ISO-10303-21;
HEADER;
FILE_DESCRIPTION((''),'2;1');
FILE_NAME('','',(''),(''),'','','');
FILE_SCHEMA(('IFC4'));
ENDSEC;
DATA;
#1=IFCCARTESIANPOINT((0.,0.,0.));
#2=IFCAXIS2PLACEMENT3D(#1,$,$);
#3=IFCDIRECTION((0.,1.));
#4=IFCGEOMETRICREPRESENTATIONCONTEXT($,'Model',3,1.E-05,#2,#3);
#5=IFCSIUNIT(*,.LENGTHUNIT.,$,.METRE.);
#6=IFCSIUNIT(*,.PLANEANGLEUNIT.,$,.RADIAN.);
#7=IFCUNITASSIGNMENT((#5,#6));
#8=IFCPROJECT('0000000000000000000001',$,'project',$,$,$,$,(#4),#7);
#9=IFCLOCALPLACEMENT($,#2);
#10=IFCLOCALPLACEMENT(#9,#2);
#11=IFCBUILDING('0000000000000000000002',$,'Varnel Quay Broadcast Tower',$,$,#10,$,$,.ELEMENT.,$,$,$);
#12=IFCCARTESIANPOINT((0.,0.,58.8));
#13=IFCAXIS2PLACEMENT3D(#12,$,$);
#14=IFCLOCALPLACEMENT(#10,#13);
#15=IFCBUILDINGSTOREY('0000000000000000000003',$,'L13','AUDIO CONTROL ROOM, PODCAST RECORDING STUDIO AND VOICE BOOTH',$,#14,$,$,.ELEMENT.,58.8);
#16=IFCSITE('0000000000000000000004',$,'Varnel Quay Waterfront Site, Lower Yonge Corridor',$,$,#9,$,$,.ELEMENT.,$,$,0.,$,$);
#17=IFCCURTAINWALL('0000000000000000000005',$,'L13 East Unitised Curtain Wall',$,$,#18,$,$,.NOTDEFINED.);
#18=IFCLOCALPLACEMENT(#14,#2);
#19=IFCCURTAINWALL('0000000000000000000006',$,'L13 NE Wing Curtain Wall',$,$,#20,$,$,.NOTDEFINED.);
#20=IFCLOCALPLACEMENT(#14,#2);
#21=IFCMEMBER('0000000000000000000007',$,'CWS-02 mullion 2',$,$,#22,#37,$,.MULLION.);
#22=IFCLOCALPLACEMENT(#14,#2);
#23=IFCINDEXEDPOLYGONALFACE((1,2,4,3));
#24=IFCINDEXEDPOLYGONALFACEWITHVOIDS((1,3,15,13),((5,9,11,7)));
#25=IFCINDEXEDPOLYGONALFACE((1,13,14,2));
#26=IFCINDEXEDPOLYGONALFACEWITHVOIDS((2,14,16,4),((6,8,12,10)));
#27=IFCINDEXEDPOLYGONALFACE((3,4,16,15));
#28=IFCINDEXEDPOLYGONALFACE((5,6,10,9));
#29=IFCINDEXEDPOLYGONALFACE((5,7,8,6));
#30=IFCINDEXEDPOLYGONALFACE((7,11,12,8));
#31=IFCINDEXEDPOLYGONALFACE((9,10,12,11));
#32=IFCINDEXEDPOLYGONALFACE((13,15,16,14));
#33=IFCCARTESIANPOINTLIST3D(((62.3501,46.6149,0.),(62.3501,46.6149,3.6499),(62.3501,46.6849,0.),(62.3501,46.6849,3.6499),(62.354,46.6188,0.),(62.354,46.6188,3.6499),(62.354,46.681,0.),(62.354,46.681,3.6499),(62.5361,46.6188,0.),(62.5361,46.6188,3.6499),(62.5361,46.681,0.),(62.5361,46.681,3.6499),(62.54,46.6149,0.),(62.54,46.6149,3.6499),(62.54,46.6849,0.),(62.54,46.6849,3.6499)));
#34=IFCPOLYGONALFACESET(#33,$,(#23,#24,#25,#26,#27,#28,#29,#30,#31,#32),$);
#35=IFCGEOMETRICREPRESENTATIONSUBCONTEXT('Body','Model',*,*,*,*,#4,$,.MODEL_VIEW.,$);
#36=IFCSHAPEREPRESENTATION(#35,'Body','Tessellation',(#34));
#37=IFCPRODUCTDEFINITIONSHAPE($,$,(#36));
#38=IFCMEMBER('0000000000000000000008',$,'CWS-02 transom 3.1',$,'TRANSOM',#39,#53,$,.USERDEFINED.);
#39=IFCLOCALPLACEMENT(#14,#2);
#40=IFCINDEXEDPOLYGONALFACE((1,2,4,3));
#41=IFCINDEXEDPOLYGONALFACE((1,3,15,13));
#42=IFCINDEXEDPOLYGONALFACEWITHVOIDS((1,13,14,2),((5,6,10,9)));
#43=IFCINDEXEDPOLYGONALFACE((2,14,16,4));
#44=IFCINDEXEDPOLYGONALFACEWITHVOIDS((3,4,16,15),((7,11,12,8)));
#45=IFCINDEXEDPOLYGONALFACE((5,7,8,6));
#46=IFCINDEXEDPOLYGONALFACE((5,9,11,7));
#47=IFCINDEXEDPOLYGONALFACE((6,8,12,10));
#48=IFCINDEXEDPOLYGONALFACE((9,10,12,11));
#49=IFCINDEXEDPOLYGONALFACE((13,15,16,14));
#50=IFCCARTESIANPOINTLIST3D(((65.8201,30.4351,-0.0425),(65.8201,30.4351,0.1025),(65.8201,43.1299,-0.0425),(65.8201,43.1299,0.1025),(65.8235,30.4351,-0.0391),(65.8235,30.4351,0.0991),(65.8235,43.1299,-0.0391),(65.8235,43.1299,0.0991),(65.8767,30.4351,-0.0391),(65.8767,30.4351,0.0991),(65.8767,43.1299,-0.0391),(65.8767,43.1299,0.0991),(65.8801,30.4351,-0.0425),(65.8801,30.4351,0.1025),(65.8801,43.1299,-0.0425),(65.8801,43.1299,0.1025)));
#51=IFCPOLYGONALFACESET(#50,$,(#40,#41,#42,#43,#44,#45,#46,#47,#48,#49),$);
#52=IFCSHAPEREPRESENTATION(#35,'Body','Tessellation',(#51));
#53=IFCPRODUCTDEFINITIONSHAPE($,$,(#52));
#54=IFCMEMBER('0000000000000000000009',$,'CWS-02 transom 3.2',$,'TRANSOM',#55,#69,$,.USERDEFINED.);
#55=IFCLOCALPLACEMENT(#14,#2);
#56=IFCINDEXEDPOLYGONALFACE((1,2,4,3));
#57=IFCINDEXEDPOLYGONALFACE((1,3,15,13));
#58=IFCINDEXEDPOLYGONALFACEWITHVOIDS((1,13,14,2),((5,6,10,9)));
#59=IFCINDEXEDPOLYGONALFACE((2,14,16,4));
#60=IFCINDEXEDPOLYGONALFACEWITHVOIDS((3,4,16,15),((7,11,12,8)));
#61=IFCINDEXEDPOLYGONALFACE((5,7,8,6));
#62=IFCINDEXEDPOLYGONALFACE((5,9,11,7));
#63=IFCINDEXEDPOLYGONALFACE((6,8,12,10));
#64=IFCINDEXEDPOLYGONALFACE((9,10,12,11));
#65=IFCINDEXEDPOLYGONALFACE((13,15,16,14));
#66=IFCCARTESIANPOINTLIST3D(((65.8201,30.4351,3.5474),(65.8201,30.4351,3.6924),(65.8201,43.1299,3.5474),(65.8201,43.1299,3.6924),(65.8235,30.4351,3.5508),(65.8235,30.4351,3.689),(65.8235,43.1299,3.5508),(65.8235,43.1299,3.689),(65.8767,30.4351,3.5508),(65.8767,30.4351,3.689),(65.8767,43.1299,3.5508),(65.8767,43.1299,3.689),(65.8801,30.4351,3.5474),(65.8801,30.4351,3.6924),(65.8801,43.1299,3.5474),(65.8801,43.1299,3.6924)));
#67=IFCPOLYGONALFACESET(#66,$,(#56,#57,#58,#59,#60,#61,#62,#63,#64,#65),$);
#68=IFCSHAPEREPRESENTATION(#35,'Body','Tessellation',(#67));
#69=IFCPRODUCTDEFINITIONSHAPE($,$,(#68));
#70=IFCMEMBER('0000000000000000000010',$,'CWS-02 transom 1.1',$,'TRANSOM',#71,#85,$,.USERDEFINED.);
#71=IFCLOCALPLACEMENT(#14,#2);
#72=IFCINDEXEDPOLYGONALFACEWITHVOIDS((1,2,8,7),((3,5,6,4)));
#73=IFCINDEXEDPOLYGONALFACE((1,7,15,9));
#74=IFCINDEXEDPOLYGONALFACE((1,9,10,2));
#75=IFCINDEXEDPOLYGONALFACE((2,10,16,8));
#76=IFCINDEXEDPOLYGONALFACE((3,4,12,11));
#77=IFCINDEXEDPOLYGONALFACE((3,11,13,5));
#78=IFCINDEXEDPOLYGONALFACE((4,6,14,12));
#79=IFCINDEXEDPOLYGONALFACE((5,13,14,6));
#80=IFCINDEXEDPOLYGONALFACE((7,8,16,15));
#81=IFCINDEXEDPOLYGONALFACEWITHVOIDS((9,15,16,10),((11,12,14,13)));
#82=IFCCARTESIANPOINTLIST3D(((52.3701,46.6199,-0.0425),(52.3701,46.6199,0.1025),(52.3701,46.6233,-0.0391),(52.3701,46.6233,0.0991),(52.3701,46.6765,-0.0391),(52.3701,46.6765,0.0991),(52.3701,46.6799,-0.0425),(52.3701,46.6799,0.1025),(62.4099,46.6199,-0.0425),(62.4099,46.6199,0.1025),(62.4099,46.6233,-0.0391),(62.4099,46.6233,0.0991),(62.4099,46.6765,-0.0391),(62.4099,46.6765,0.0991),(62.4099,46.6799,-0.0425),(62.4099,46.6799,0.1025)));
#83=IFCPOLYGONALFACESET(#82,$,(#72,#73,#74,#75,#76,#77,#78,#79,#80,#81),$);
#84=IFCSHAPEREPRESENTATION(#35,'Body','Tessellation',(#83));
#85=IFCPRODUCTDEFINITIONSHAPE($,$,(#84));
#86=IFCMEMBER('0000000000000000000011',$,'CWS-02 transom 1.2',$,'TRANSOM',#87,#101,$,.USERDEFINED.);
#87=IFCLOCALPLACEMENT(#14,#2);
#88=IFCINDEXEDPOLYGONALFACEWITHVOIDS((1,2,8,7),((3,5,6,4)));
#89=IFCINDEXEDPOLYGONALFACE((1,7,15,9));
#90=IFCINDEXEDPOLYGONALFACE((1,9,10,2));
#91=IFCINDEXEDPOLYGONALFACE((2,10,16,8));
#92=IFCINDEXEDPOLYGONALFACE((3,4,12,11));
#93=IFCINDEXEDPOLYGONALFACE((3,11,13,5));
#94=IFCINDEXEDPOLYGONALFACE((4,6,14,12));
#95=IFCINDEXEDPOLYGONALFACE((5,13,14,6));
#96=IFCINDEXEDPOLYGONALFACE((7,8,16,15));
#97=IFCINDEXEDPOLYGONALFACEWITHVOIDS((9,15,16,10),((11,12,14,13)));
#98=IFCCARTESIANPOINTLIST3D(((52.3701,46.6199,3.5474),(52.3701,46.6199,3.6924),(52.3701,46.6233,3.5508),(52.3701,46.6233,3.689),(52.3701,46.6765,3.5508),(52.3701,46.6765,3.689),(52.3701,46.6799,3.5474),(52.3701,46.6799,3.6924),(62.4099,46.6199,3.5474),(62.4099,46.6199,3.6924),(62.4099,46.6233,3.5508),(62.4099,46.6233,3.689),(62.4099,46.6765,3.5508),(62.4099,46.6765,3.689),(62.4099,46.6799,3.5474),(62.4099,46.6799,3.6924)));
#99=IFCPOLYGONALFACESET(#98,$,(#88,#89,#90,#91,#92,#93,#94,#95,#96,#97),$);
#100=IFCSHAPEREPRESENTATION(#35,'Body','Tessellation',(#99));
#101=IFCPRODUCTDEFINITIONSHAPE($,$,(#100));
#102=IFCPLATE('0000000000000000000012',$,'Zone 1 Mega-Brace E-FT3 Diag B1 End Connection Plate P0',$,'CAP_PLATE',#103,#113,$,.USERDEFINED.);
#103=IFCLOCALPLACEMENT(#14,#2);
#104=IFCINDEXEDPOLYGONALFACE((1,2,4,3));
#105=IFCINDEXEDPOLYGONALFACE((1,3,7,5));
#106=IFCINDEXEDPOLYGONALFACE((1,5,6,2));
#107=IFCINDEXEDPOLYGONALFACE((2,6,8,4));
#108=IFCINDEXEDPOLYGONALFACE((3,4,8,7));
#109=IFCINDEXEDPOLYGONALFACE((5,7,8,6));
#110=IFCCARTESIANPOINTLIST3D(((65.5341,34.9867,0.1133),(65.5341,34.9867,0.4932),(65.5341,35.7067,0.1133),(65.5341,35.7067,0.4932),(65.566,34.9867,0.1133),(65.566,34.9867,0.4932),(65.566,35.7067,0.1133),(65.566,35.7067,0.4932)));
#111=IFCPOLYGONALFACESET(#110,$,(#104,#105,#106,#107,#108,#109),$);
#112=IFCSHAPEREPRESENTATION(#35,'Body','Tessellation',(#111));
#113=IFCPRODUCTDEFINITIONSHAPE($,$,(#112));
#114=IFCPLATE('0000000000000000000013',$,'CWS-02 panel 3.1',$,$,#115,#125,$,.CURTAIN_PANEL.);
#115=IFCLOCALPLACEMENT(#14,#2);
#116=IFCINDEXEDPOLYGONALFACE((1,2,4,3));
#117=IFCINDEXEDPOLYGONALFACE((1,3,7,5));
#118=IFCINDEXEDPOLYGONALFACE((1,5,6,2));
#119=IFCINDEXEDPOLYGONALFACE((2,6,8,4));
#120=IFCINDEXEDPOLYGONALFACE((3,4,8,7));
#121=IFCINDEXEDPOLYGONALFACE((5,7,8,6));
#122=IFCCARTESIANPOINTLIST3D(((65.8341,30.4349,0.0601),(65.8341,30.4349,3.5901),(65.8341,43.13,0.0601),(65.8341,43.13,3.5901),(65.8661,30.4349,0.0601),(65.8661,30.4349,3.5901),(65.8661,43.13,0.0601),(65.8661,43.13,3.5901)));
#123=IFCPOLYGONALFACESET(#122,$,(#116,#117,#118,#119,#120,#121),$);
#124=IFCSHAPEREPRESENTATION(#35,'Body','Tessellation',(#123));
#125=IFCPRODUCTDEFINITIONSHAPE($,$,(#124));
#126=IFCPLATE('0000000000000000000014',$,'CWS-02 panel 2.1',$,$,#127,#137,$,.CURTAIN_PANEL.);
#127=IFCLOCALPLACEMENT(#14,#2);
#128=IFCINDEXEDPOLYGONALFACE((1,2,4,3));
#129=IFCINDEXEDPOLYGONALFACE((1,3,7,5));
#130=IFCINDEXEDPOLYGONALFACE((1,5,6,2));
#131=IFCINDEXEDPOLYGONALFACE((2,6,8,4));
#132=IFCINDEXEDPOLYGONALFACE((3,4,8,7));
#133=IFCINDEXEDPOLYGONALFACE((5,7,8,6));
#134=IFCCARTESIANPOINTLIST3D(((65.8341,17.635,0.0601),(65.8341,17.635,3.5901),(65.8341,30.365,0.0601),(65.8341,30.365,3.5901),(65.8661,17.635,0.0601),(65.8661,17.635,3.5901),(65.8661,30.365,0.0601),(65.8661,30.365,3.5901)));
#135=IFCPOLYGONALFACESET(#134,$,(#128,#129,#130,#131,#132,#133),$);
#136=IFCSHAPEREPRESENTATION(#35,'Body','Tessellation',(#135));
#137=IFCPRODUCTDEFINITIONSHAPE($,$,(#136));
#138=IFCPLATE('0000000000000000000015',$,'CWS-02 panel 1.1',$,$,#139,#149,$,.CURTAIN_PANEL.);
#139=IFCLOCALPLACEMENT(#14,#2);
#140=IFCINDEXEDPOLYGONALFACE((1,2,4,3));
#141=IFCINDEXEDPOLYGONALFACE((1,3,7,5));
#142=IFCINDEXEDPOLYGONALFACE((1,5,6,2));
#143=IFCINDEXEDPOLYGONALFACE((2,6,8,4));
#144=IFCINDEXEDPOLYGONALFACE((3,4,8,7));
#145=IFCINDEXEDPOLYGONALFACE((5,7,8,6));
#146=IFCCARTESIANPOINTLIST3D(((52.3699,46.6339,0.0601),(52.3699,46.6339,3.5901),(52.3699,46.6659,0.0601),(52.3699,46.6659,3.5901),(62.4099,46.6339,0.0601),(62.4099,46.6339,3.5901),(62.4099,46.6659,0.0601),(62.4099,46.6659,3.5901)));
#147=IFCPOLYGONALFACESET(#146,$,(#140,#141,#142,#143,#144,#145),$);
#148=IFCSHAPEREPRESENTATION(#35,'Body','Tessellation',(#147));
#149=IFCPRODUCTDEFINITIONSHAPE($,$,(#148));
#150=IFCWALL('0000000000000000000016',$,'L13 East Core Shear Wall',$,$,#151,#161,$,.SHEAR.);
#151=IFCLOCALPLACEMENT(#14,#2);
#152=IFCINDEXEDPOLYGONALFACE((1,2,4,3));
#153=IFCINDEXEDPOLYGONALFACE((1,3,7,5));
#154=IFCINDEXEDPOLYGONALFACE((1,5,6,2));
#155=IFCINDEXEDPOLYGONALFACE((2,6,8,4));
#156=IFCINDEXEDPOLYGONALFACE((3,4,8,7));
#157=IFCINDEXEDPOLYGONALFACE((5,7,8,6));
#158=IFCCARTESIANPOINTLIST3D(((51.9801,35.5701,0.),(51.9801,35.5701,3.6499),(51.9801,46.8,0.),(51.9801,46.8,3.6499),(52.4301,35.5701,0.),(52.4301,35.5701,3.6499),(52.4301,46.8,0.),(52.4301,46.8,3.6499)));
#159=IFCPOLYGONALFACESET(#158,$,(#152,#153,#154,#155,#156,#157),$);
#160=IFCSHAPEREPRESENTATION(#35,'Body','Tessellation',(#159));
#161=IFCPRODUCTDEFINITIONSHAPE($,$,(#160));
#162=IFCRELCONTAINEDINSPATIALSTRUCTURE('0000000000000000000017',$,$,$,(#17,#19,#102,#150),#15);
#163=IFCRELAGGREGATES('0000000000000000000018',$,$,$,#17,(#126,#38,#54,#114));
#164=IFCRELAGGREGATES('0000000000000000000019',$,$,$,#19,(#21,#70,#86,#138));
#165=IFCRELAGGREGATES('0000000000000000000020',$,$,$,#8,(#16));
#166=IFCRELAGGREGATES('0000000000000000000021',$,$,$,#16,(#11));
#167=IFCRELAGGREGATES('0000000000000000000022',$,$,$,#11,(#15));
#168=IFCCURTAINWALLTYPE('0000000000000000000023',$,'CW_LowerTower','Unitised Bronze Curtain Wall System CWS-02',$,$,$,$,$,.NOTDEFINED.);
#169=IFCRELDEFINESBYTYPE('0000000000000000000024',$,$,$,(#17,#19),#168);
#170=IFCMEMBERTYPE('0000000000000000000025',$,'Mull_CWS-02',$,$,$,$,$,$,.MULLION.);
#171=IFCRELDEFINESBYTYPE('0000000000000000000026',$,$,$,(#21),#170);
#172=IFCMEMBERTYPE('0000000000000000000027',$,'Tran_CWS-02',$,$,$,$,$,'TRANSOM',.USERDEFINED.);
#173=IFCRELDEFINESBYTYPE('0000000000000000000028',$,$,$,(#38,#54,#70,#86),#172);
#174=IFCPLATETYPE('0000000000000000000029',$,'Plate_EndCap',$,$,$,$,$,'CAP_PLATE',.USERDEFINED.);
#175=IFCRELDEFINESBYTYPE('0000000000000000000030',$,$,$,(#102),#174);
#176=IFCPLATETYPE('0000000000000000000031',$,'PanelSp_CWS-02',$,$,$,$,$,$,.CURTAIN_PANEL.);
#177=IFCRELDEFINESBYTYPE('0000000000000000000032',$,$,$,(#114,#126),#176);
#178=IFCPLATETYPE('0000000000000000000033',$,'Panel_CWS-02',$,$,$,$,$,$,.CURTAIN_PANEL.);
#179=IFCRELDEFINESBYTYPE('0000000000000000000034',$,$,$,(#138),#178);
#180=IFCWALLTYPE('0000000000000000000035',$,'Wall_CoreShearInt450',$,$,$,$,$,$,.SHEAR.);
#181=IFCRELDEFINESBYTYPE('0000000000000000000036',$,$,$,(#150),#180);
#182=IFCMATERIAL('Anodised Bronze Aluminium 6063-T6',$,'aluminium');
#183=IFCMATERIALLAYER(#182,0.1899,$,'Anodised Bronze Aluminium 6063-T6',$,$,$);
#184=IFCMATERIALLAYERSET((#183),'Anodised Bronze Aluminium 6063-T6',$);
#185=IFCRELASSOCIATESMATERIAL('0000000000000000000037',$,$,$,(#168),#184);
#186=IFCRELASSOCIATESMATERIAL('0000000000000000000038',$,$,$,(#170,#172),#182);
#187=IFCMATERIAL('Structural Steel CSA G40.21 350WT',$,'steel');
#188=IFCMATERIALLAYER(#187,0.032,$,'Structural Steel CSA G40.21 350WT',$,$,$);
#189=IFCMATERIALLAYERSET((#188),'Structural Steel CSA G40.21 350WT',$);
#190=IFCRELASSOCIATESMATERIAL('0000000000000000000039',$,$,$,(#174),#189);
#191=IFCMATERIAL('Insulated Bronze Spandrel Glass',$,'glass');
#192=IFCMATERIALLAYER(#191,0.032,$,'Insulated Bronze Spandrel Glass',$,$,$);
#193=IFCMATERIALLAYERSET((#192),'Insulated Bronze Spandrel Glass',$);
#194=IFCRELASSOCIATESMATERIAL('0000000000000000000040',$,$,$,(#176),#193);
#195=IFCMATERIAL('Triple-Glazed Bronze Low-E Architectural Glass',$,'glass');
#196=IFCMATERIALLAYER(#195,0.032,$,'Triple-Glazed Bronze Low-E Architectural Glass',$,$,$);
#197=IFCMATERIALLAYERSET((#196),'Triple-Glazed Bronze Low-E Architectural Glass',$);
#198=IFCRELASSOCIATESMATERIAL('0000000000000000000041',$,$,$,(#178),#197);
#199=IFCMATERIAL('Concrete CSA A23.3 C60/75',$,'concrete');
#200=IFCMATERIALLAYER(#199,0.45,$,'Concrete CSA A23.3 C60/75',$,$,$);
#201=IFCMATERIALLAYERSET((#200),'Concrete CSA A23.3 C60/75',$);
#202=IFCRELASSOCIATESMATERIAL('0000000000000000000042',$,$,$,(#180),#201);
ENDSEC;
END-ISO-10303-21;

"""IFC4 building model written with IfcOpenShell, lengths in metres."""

from ifc_helpers import new_model, si_unit, direction, frame, frame_2d, origin, origin_2d, place, context, subcontext, project, spatial, rectangle, hollow_rectangle, extrude, source, transform, mapped, material, layer, layer_set, material_profile, profile_set, type_object, type_shapes, element, aggregate, save


model = new_model("IFC4")

# Units and contexts
model_context = context("Model", 3, precision=1e-05, world=origin(), true_north=direction((0.0, 1.0)))
body_context = subcontext(model_context, "Body", "Model", "MODEL_VIEW")
ifc_project = project(units=[si_unit("LENGTHUNIT", "METRE"), si_unit("PLANEANGLEUNIT", "RADIAN")], contexts=[model_context])

# Site, building, storey
site_placement = place(None, origin())
site = spatial("IfcSite", under=ifc_project, at=site_placement, Name="Varnel Quay Waterfront Site, Lower Yonge Corridor", CompositionType="ELEMENT", RefElevation=0.0)
building_placement = place(site_placement, origin())
building = spatial("IfcBuilding", under=site, at=building_placement, Name="Varnel Quay Broadcast Tower", CompositionType="ELEMENT")
storey_placement = place(building_placement, frame((0.0, 0.0, 58.8)))
storey = spatial("IfcBuildingStorey", under=building, at=storey_placement, Name="L13", Description="AUDIO CONTROL ROOM, PODCAST RECORDING STUDIO AND VOICE BOOTH", CompositionType="ELEMENT", Elevation=58.8)

# Shared definitions
ifc_material_1 = material(Name="Structural Steel CSA G40.21 350WT", Category="steel")

# Curtain walls, member
ifc_material_2 = material(Name="Anodised Bronze Aluminium 6063-T6", Category="aluminium")
ifc_layer_1 = layer(ifc_material_2, 0.1899, Name="Anodised Bronze Aluminium 6063-T6")
ifc_layer_set_1 = layer_set([ifc_layer_1], Name="Anodised Bronze Aluminium 6063-T6")
curtain_wall_type = type_object("IfcCurtainWallType", Name="CW_LowerTower", Description="Unitised Bronze Curtain Wall System CWS-02", PredefinedType="NOTDEFINED", material=ifc_layer_set_1)
curtain_wall_1_placement = place(storey_placement, origin())
curtain_wall_1 = element("IfcCurtainWall", 1, at=curtain_wall_1_placement, inside=storey, type_object=curtain_wall_type, Name="L13 East Unitised Curtain Wall", PredefinedType="NOTDEFINED")
ifc_material_profile_1 = material_profile(ifc_material_2, hollow_rectangle(XDim=0.0701, YDim=0.1899, WallThickness=0.0039, at=origin_2d()), Name="ALU70X190X4")
ifc_profile_set_1 = profile_set([ifc_material_profile_1], Name="Anodised Bronze Aluminium 6063-T6")
member_type_1 = type_object("IfcMemberType", Name="Mull_CWS-02", PredefinedType="MULLION", material=ifc_profile_set_1)
shared_shape_1 = source(origin(), body_context, "Body", "SweptSolid", [
    extrude(hollow_rectangle(XDim=0.0701, YDim=0.1899, WallThickness=0.0039, at=origin_2d()), origin(), (0.0, 0.0, 1.0), 3.6499),
])
type_shapes(member_type_1, [shared_shape_1])
curtain_wall_2_placement = place(storey_placement, origin())
curtain_wall_2 = element("IfcCurtainWall", 2, at=curtain_wall_2_placement, inside=storey, type_object=curtain_wall_type, Name="L13 NE Wing Curtain Wall", PredefinedType="NOTDEFINED")
member_1_placement = place(storey_placement, frame((62.4451, 46.6499, 0.0), z_axis=(0.0, 0.0, 1.0), x_axis=(0.0, 1.0, 0.0)))
member_1 = element("IfcMember", 3, at=member_1_placement, type_object=member_type_1, Name="CWS-02 mullion 2", PredefinedType="MULLION", context=body_context, shape_type="MappedRepresentation", body=[
    mapped(shared_shape_1, transform((0.0, 0.0, 0.0), x_axis=(1.0, 0.0, 0.0), y_axis=(0.0, 1.0, 0.0), z_axis=(0.0, 0.0, 1.0), scale=1.0)),
])

# Members
ifc_material_profile_2 = material_profile(ifc_material_2, hollow_rectangle(XDim=0.0601, YDim=0.145, WallThickness=0.0034, at=origin_2d()), Name="ALU60X145X3.5")
ifc_profile_set_2 = profile_set([ifc_material_profile_2], Name="Anodised Bronze Aluminium 6063-T6")
member_type_2 = type_object("IfcMemberType", Name="Tran_CWS-02", ElementType="TRANSOM", PredefinedType="USERDEFINED", material=ifc_profile_set_2)
shared_shape_2 = source(origin(), body_context, "Body", "SweptSolid", [
    extrude(hollow_rectangle(XDim=0.0601, YDim=0.145, WallThickness=0.0034, at=origin_2d()), origin(), (0.0, 0.0, 1.0), 12.6948),
])
member_2_placement = place(storey_placement, frame((65.8501, 30.4351, 0.03), z_axis=(0.0, 1.0, 0.0), x_axis=(-1.0, 0.0, 0.0)))
member_2 = element("IfcMember", 4, at=member_2_placement, type_object=member_type_2, Name="CWS-02 transom 3.1", ObjectType="TRANSOM", PredefinedType="USERDEFINED", context=body_context, shape_type="MappedRepresentation", body=[
    mapped(shared_shape_2, transform((0.0, 0.0, 0.0), x_axis=(1.0, 0.0, 0.0), y_axis=(0.0, 1.0, 0.0), z_axis=(0.0, 0.0, 1.0), scale=1.0)),
])
member_3_placement = place(storey_placement, frame((65.8501, 30.4351, 3.6199), z_axis=(0.0, 1.0, 0.0), x_axis=(-1.0, 0.0, 0.0)))
member_3 = element("IfcMember", 5, at=member_3_placement, type_object=member_type_2, Name="CWS-02 transom 3.2", ObjectType="TRANSOM", PredefinedType="USERDEFINED", context=body_context, shape_type="MappedRepresentation", body=[
    mapped(shared_shape_2, transform((0.0, 0.0, 0.0), x_axis=(1.0, 0.0, 0.0), y_axis=(0.0, 1.0, 0.0), z_axis=(0.0, 0.0, 1.0), scale=1.0)),
])
shared_shape_3 = source(origin(), body_context, "Body", "SweptSolid", [
    extrude(hollow_rectangle(XDim=0.0601, YDim=0.145, WallThickness=0.0034, at=origin_2d()), origin(), (0.0, 0.0, 1.0), 10.0398),
])
type_shapes(member_type_2, [shared_shape_2, shared_shape_3])
member_4_placement = place(storey_placement, frame((52.3701, 46.6499, 0.03), z_axis=(1.0, 0.0, 0.0), x_axis=(0.0, 1.0, 0.0)))
member_4 = element("IfcMember", 6, at=member_4_placement, type_object=member_type_2, Name="CWS-02 transom 1.1", ObjectType="TRANSOM", PredefinedType="USERDEFINED", context=body_context, shape_type="MappedRepresentation", body=[
    mapped(shared_shape_3, transform((0.0, 0.0, 0.0), x_axis=(1.0, 0.0, 0.0), y_axis=(0.0, 1.0, 0.0), z_axis=(0.0, 0.0, 1.0), scale=1.0)),
])
member_5_placement = place(storey_placement, frame((52.3701, 46.6499, 3.6199), z_axis=(1.0, 0.0, 0.0), x_axis=(0.0, 1.0, 0.0)))
member_5 = element("IfcMember", 7, at=member_5_placement, type_object=member_type_2, Name="CWS-02 transom 1.2", ObjectType="TRANSOM", PredefinedType="USERDEFINED", context=body_context, shape_type="MappedRepresentation", body=[
    mapped(shared_shape_3, transform((0.0, 0.0, 0.0), x_axis=(1.0, 0.0, 0.0), y_axis=(0.0, 1.0, 0.0), z_axis=(0.0, 0.0, 1.0), scale=1.0)),
])

# Plates
ifc_layer_2 = layer(ifc_material_1, 0.032, Name="Structural Steel CSA G40.21 350WT")
ifc_layer_set_2 = layer_set([ifc_layer_2], Name="Structural Steel CSA G40.21 350WT")
plate_type_1 = type_object("IfcPlateType", Name="Plate_EndCap", ElementType="CAP_PLATE", PredefinedType="USERDEFINED", material=ifc_layer_set_2)
shared_shape_4 = source(origin(), body_context, "Body", "SweptSolid", [
    extrude(rectangle(XDim=0.72, YDim=0.032, at=origin_2d()), origin(), (0.0, 0.0, 1.0), 0.3799),
])
type_shapes(plate_type_1, [shared_shape_4])
plate_1_placement = place(storey_placement, frame((65.55, 35.3467, 0.1133), z_axis=(0.0, 0.0, 1.0), x_axis=(0.0, 1.0, 0.0)))
element("IfcPlate", 8, at=plate_1_placement, inside=storey, type_object=plate_type_1, Name="Zone 1 Mega-Brace E-FT3 Diag B1 End Connection Plate P0", ObjectType="CAP_PLATE", PredefinedType="USERDEFINED", context=body_context, shape_type="MappedRepresentation", body=[
    mapped(shared_shape_4, transform((0.0, 0.0, 0.0), x_axis=(1.0, 0.0, 0.0), y_axis=(0.0, 1.0, 0.0), z_axis=(0.0, 0.0, 1.0), scale=1.0)),
])
ifc_material_3 = material(Name="Insulated Bronze Spandrel Glass", Category="glass")
ifc_layer_3 = layer(ifc_material_3, 0.032, Name="Insulated Bronze Spandrel Glass")
ifc_layer_set_3 = layer_set([ifc_layer_3], Name="Insulated Bronze Spandrel Glass")
plate_type_2 = type_object("IfcPlateType", Name="PanelSp_CWS-02", PredefinedType="CURTAIN_PANEL", material=ifc_layer_set_3)
shared_shape_5 = source(origin(), body_context, "Body", "SweptSolid", [
    extrude(rectangle(XDim=12.6951, YDim=0.032, at=origin_2d()), origin(), (0.0, 0.0, 1.0), 3.53),
])
plate_2_placement = place(storey_placement, frame((65.8501, 36.7825, 0.0601), z_axis=(0.0, 0.0, 1.0), x_axis=(0.0, 1.0, 0.0)))
plate_2 = element("IfcPlate", 9, at=plate_2_placement, type_object=plate_type_2, Name="CWS-02 panel 3.1", PredefinedType="CURTAIN_PANEL", context=body_context, shape_type="MappedRepresentation", body=[
    mapped(shared_shape_5, transform((0.0, 0.0, 0.0), x_axis=(1.0, 0.0, 0.0), y_axis=(0.0, 1.0, 0.0), z_axis=(0.0, 0.0, 1.0), scale=1.0)),
])
shared_shape_6 = source(origin(), body_context, "Body", "SweptSolid", [
    extrude(rectangle(XDim=12.73, YDim=0.032, at=origin_2d()), origin(), (0.0, 0.0, 1.0), 3.53),
])
type_shapes(plate_type_2, [shared_shape_5, shared_shape_6])
plate_3_placement = place(storey_placement, frame((65.8501, 24.0, 0.0601), z_axis=(0.0, 0.0, 1.0), x_axis=(0.0, 1.0, 0.0)))
plate_3 = element("IfcPlate", 10, at=plate_3_placement, type_object=plate_type_2, Name="CWS-02 panel 2.1", PredefinedType="CURTAIN_PANEL", context=body_context, shape_type="MappedRepresentation", body=[
    mapped(shared_shape_6, transform((0.0, 0.0, 0.0), x_axis=(1.0, 0.0, 0.0), y_axis=(0.0, 1.0, 0.0), z_axis=(0.0, 0.0, 1.0), scale=1.0)),
])
aggregate(curtain_wall_1, [plate_3, member_2, member_3, plate_2])
ifc_material_4 = material(Name="Triple-Glazed Bronze Low-E Architectural Glass", Category="glass")
ifc_layer_4 = layer(ifc_material_4, 0.032, Name="Triple-Glazed Bronze Low-E Architectural Glass")
ifc_layer_set_4 = layer_set([ifc_layer_4], Name="Triple-Glazed Bronze Low-E Architectural Glass")
plate_type_3 = type_object("IfcPlateType", Name="Panel_CWS-02", PredefinedType="CURTAIN_PANEL", material=ifc_layer_set_4)
shared_shape_7 = source(origin(), body_context, "Body", "SweptSolid", [
    extrude(rectangle(XDim=10.04, YDim=0.032, at=origin_2d()), origin(), (0.0, 0.0, 1.0), 3.53),
])
type_shapes(plate_type_3, [shared_shape_7])
plate_4_placement = place(storey_placement, frame((57.3899, 46.6499, 0.0601), z_axis=(0.0, 0.0, 1.0), x_axis=(1.0, 0.0, 0.0)))
plate_4 = element("IfcPlate", 11, at=plate_4_placement, type_object=plate_type_3, Name="CWS-02 panel 1.1", PredefinedType="CURTAIN_PANEL", context=body_context, shape_type="MappedRepresentation", body=[
    mapped(shared_shape_7, transform((0.0, 0.0, 0.0), x_axis=(1.0, 0.0, 0.0), y_axis=(0.0, 1.0, 0.0), z_axis=(0.0, 0.0, 1.0), scale=1.0)),
])
aggregate(curtain_wall_2, [member_1, member_4, member_5, plate_4])

# Wall
ifc_material_5 = material(Name="Concrete CSA A23.3 C60/75", Category="concrete")
ifc_layer_5 = layer(ifc_material_5, 0.45, Name="Concrete CSA A23.3 C60/75")
ifc_layer_set_5 = layer_set([ifc_layer_5], Name="Concrete CSA A23.3 C60/75")
wall_type_1 = type_object("IfcWallType", Name="Wall_CoreShearInt450", PredefinedType="SHEAR", material=ifc_layer_set_5)
wall_1_placement = place(storey_placement, frame((52.2051, 35.5701, 0.0), z_axis=(0.0, 0.0, 1.0), x_axis=(0.0, 1.0, 0.0)))
element("IfcWall", 12, at=wall_1_placement, inside=storey, type_object=wall_type_1, Name="L13 East Core Shear Wall", PredefinedType="SHEAR", context=body_context, shape_type="SweptSolid", body=[
    extrude(rectangle(XDim=11.23, YDim=0.45, at=frame_2d((5.615, 0.0))), origin(), (0.0, 0.0, 1.0), 3.6499),
])

save(model, "model.ifc")
